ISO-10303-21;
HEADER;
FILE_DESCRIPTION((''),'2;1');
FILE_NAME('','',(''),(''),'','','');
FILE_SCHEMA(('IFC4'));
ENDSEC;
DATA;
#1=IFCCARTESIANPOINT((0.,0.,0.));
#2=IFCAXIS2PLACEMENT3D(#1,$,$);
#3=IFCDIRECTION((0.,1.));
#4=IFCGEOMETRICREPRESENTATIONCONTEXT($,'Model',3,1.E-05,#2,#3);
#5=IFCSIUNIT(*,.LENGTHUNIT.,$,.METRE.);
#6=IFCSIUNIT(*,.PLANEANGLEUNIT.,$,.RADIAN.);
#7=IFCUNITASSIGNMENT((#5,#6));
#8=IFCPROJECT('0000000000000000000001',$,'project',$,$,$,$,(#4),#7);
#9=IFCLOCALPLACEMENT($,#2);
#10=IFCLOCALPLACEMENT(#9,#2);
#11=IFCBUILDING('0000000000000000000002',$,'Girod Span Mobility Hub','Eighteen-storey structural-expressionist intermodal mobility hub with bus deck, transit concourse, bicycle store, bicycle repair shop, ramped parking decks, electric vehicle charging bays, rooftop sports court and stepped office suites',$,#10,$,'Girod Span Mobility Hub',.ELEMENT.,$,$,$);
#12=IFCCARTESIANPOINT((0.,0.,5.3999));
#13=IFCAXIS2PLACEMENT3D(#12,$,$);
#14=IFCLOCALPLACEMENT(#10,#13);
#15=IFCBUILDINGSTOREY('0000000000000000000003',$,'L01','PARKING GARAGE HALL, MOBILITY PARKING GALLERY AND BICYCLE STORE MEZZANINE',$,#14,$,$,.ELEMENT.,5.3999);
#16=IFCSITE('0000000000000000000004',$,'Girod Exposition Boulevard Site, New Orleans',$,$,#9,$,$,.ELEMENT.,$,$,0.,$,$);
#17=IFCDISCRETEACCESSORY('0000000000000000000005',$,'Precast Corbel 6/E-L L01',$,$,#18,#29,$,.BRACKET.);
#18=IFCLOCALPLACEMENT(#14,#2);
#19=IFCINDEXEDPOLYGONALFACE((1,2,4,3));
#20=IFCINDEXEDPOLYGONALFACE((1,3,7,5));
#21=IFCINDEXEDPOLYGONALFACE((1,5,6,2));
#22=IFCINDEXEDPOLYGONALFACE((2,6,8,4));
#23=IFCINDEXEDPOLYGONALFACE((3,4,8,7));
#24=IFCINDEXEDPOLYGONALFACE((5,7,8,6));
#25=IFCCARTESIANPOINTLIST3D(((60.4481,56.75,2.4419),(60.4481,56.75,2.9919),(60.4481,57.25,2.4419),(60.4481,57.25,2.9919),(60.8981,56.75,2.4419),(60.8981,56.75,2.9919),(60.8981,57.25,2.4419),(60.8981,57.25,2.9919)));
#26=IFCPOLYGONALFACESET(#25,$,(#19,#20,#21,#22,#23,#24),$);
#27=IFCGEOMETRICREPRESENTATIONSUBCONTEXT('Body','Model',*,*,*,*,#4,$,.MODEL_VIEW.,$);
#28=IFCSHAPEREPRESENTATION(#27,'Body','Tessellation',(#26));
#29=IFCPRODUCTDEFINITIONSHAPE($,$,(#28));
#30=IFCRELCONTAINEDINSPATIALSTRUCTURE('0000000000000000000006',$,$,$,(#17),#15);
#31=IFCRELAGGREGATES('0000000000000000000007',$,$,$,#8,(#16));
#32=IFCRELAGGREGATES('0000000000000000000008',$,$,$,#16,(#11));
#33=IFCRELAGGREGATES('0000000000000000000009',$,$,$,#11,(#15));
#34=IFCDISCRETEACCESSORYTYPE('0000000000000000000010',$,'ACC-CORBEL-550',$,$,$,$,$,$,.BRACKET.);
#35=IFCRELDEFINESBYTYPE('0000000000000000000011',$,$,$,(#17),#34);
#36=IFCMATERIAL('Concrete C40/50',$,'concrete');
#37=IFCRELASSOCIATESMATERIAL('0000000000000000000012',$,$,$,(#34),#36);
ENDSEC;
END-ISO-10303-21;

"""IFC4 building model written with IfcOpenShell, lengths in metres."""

from ifc_helpers import new_model, si_unit, direction, frame, origin, origin_2d, place, context, subcontext, project, spatial, rectangle, extrude, material, type_object, element, save


model = new_model("IFC4")

# Units and contexts
model_context = context("Model", 3, precision=1e-05, world=origin(), true_north=direction((0.0, 1.0)))
body_context = subcontext(model_context, "Body", "Model", "MODEL_VIEW")
ifc_project = project(units=[si_unit("LENGTHUNIT", "METRE"), si_unit("PLANEANGLEUNIT", "RADIAN")], contexts=[model_context])

# Site, building, storey
site_placement = place(None, origin())
site = spatial("IfcSite", under=ifc_project, at=site_placement, Name="Girod Exposition Boulevard Site, New Orleans", CompositionType="ELEMENT", RefElevation=0.0)
building_placement = place(site_placement, origin())
building = spatial("IfcBuilding", under=site, at=building_placement, Name="Girod Span Mobility Hub", Description="Eighteen-storey structural-expressionist intermodal mobility hub with bus deck, transit concourse, bicycle store, bicycle repair shop, ramped parking decks, electric vehicle charging bays, rooftop sports court and stepped office suites", LongName="Girod Span Mobility Hub", CompositionType="ELEMENT")
storey_placement = place(building_placement, frame((0.0, 0.0, 5.3999)))
storey = spatial("IfcBuildingStorey", under=building, at=storey_placement, Name="L01", Description="PARKING GARAGE HALL, MOBILITY PARKING GALLERY AND BICYCLE STORE MEZZANINE", CompositionType="ELEMENT", Elevation=5.3999)

# Discrete accessory
ifc_material_1 = material(Name="Concrete C40/50", Category="concrete")
discrete_accessory_type = type_object("IfcDiscreteAccessoryType", Name="ACC-CORBEL-550", PredefinedType="BRACKET", material=ifc_material_1)
discrete_accessory_placement = place(storey_placement, frame((60.6731, 57.0, 2.4419), z_axis=(0.0, 0.0, 1.0), x_axis=(1.0, 0.0, 0.0)))
element("IfcDiscreteAccessory", 1, at=discrete_accessory_placement, inside=storey, type_object=discrete_accessory_type, Name="Precast Corbel 6/E-L L01", PredefinedType="BRACKET", context=body_context, shape_type="SweptSolid", body=[
    extrude(rectangle(XDim=0.45, YDim=0.5, at=origin_2d()), origin(), (0.0, 0.0, 1.0), 0.55),
])

save(model, "model.ifc")
